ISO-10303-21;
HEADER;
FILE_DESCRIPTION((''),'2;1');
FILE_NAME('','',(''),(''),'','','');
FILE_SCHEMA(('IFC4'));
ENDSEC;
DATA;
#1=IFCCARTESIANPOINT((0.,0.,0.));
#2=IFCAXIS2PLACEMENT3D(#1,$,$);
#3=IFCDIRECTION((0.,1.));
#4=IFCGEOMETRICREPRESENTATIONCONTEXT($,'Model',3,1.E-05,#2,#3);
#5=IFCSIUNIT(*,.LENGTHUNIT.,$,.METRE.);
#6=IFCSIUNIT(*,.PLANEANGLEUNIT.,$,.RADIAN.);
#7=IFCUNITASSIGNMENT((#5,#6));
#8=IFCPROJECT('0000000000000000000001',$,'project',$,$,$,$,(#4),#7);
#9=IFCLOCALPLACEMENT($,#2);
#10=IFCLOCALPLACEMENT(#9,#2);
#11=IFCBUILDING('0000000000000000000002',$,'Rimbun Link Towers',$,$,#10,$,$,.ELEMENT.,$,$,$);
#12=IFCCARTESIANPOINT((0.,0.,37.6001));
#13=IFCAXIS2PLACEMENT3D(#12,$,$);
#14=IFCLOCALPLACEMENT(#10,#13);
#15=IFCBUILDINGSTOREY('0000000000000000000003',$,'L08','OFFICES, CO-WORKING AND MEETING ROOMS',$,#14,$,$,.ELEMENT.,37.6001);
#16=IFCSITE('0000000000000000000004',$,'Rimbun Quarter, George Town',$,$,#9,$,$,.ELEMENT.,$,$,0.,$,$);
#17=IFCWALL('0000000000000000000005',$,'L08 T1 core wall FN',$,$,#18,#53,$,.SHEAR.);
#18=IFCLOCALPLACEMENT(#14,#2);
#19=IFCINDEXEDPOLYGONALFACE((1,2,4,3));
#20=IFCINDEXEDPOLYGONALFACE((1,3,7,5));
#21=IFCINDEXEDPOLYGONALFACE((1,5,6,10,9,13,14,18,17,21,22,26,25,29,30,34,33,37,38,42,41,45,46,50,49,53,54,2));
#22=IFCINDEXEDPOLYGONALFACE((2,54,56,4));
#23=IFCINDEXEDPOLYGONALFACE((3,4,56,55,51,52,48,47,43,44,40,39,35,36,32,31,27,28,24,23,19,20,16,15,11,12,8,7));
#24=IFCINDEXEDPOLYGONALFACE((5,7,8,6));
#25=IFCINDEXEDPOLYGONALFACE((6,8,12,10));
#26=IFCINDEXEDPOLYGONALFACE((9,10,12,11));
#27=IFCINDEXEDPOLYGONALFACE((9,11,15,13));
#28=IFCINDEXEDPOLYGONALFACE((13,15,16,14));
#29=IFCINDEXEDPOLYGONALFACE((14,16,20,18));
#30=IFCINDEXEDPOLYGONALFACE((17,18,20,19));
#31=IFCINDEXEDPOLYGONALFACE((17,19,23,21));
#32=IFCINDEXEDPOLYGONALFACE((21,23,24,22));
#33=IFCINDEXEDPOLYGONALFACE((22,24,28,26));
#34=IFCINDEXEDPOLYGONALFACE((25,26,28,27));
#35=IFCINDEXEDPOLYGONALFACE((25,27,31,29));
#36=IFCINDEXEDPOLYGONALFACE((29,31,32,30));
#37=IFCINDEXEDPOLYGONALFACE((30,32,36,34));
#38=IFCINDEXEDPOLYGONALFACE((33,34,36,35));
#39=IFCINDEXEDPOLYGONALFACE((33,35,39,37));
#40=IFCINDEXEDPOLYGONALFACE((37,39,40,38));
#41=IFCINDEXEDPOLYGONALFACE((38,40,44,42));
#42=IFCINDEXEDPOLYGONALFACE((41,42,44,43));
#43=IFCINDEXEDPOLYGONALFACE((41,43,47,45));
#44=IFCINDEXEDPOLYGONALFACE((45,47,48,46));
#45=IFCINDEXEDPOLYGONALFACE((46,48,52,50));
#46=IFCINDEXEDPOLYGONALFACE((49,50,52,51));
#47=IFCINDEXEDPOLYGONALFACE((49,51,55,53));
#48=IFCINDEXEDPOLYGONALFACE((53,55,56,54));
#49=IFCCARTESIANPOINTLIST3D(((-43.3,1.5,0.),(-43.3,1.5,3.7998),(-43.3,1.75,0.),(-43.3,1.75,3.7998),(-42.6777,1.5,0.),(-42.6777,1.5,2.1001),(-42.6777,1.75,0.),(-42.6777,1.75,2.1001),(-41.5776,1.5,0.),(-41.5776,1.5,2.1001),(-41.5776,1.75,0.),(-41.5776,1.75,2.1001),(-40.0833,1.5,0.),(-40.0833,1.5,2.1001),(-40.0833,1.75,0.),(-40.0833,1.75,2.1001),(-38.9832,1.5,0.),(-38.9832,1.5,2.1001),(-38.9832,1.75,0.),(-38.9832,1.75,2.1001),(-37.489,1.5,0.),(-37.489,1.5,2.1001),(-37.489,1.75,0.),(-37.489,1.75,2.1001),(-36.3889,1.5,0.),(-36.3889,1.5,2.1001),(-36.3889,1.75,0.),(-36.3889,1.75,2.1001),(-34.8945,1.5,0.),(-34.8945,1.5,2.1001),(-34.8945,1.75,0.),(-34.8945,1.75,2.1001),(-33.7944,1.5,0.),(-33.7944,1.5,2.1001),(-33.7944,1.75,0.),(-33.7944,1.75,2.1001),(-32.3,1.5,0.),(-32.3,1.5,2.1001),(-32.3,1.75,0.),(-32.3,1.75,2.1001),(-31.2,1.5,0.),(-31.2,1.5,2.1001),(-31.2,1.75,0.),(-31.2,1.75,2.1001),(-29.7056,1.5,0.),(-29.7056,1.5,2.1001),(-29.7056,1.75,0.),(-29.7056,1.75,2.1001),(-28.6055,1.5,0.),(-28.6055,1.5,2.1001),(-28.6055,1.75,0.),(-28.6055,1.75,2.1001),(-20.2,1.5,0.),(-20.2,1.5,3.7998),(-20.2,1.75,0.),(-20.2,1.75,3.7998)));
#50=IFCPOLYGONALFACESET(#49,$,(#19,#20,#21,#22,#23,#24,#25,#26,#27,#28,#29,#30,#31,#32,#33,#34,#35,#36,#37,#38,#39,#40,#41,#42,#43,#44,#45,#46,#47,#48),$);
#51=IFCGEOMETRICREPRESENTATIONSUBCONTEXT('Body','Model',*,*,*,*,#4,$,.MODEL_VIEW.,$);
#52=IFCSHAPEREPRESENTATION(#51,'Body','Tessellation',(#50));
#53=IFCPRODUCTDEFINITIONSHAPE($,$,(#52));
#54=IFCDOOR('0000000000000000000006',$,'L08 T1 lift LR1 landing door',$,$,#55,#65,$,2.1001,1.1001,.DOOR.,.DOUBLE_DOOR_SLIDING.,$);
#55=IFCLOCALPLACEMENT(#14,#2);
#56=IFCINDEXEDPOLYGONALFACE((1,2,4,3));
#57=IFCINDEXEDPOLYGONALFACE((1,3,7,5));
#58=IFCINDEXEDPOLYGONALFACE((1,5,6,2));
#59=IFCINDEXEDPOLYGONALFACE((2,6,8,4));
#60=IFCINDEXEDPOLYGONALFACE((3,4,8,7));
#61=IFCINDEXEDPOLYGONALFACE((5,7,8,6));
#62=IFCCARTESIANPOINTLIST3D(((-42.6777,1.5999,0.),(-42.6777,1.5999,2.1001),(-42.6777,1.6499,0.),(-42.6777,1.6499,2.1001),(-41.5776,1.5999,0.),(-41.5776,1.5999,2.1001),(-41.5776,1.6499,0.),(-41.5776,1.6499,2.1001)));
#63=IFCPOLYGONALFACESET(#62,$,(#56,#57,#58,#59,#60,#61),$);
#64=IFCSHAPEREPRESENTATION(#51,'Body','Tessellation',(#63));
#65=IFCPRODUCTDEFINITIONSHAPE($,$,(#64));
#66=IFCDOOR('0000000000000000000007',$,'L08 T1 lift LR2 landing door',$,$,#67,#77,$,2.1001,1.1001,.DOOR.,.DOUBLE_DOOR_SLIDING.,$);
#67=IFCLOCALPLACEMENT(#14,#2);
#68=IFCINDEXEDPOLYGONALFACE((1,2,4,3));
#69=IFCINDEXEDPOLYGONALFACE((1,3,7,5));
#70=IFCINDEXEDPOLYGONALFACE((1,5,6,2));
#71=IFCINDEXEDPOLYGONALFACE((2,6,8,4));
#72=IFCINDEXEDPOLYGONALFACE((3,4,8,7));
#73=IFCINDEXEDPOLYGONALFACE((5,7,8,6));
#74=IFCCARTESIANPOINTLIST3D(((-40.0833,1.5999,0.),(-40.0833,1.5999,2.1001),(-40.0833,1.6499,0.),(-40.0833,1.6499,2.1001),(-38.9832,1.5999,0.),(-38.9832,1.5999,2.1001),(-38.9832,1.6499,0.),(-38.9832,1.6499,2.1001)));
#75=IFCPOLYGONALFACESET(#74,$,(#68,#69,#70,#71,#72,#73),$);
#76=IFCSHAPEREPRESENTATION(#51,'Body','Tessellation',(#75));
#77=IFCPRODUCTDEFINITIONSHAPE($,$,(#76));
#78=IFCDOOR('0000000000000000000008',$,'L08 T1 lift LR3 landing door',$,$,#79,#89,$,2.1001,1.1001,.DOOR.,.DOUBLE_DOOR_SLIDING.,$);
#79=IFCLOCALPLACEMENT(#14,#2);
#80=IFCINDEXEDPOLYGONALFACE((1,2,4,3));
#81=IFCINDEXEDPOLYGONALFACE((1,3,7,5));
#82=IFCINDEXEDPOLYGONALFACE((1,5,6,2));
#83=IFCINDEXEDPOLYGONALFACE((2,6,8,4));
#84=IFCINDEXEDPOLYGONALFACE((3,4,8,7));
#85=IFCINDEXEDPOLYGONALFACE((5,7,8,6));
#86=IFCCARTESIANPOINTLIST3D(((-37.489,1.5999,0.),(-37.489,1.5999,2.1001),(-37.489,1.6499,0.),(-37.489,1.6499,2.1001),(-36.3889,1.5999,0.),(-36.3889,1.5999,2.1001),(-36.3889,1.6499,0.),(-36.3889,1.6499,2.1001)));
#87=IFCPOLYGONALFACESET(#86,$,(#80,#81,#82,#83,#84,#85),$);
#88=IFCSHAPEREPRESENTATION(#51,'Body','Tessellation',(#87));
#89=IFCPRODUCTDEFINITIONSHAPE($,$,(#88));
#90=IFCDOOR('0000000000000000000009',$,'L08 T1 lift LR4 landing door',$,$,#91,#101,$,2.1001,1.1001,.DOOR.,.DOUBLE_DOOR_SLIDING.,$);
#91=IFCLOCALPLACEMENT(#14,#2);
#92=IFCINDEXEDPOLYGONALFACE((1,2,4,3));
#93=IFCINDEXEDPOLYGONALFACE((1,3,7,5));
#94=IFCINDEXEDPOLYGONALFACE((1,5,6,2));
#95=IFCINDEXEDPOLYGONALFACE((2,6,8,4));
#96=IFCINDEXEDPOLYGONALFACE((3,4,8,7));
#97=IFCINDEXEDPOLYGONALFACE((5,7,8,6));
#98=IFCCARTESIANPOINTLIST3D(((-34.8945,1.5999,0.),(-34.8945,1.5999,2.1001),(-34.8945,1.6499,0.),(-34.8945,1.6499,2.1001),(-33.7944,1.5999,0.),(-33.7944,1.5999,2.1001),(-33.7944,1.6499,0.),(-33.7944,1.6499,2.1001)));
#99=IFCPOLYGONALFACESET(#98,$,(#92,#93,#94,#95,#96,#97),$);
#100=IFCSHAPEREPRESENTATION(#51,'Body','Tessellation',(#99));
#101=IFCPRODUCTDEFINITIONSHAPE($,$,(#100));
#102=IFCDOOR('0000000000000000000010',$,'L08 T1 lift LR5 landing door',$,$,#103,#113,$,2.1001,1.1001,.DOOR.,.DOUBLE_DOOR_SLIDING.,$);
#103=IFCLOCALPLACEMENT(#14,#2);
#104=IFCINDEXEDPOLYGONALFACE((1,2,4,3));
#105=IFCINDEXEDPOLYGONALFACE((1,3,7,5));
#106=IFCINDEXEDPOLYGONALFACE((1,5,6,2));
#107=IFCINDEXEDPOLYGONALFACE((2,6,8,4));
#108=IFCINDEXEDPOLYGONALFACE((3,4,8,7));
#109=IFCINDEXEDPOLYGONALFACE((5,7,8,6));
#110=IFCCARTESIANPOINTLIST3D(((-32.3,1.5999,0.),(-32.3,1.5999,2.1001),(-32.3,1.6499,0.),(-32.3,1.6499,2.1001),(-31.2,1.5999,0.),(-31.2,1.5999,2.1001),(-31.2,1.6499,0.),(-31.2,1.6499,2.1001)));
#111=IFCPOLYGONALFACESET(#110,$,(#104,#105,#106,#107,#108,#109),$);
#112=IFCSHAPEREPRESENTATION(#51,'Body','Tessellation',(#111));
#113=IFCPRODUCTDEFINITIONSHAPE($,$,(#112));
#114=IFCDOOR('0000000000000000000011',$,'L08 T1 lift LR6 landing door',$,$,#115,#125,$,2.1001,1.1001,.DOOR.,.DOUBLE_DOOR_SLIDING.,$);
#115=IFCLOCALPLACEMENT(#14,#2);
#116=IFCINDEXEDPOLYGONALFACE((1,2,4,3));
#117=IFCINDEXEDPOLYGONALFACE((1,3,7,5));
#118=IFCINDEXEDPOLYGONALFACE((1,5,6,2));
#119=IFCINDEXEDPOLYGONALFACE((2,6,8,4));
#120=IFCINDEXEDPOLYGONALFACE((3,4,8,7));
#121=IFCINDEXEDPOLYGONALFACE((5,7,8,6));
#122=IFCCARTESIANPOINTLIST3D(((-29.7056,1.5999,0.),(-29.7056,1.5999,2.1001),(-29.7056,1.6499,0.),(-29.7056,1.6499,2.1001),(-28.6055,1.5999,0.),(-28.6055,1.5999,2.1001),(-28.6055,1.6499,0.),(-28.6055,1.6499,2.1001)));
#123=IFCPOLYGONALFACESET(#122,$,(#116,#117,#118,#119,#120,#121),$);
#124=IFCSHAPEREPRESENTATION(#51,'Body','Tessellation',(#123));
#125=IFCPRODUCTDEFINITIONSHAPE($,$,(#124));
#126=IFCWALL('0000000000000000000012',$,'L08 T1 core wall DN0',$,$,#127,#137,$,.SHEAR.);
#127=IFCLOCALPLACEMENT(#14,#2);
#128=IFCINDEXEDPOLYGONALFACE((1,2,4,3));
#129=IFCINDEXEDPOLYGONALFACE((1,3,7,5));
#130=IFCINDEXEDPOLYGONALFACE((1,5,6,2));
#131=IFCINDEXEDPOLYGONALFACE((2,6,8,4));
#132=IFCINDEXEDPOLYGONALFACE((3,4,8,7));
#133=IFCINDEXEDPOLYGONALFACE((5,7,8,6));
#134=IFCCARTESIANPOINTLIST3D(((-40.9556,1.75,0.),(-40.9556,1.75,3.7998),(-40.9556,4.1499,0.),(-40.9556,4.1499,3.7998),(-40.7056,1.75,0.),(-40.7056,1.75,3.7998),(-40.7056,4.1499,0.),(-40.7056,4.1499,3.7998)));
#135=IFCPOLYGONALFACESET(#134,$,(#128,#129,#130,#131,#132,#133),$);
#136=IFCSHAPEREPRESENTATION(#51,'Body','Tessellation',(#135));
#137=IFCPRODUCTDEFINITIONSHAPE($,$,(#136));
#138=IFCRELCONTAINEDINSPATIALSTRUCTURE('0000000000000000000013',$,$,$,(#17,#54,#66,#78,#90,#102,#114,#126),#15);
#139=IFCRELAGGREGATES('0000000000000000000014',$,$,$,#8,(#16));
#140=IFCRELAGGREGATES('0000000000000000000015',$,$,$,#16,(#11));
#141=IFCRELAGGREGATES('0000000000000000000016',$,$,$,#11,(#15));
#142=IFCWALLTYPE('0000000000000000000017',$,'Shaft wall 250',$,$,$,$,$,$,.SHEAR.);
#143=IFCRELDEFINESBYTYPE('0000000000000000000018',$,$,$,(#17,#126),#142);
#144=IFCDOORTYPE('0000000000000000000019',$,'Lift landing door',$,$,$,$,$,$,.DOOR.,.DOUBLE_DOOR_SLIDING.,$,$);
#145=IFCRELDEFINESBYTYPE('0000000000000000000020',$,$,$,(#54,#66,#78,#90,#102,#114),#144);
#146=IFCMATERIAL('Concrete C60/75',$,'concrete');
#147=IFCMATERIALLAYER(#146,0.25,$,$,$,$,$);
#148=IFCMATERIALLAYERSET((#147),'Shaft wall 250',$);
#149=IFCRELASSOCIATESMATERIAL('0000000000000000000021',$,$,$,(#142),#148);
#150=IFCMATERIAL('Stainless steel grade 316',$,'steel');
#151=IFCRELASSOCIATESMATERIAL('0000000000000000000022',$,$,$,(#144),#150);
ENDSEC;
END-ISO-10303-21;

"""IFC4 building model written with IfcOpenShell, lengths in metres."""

from ifc_helpers import new_model, si_unit, direction, frame, frame_2d, origin, place, context, subcontext, project, spatial, rectangle, extrude, material, layer, layer_set, type_object, element, fill, save


model = new_model("IFC4")

# Units and contexts
model_context = context("Model", 3, precision=1e-05, world=origin(), true_north=direction((0.0, 1.0)))
body_context = subcontext(model_context, "Body", "Model", "MODEL_VIEW")
ifc_project = project(units=[si_unit("LENGTHUNIT", "METRE"), si_unit("PLANEANGLEUNIT", "RADIAN")], contexts=[model_context])

# Site, building, storey
site_placement = place(None, origin())
site = spatial("IfcSite", under=ifc_project, at=site_placement, Name="Rimbun Quarter, George Town", CompositionType="ELEMENT", RefElevation=0.0)
building_placement = place(site_placement, origin())
building = spatial("IfcBuilding", under=site, at=building_placement, Name="Rimbun Link Towers", CompositionType="ELEMENT")
storey_placement = place(building_placement, frame((0.0, 0.0, 37.6001)))
storey = spatial("IfcBuildingStorey", under=building, at=storey_placement, Name="L08", Description="OFFICES, CO-WORKING AND MEETING ROOMS", CompositionType="ELEMENT", Elevation=37.6001)

# Shared definitions
ifc_material_1 = material(Name="Concrete C60/75", Category="concrete")
ifc_layer_1 = layer(ifc_material_1, 0.25)
ifc_layer_set_1 = layer_set([ifc_layer_1], Name="Shaft wall 250")
wall_type_1 = type_object("IfcWallType", Name="Shaft wall 250", PredefinedType="SHEAR", material=ifc_layer_set_1)

# Wall, openings, doors
wall_1_placement = place(storey_placement, frame((-43.3, 1.625, 0.0), z_axis=(0.0, 0.0, 1.0), x_axis=(1.0, 0.0, 0.0)))
wall_1 = element("IfcWall", 1, at=wall_1_placement, inside=storey, type_object=wall_type_1, Name="L08 T1 core wall FN", PredefinedType="SHEAR", context=body_context, shape_type="SweptSolid", body=[
    extrude(rectangle(XDim=23.1001, YDim=0.25, at=frame_2d((11.55, 0.0))), origin(), (0.0, 0.0, 1.0), 3.7998),
])
opening_1_placement = place(wall_1_placement, frame((0.6223, 0.0, 0.0)))
opening_1 = element("IfcOpeningElement", 2, at=opening_1_placement, cuts=wall_1, PredefinedType="OPENING", context=body_context, shape_type="SweptSolid", body=[
    extrude(rectangle(XDim=1.1001, YDim=2.1001, at=frame_2d((0.55, 1.05))), frame((0.0, 0.135, 0.0), z_axis=(0.0, -1.0, 0.0), x_axis=(1.0, 0.0, 0.0)), (0.0, 0.0, 1.0), 0.27),
])
opening_2_placement = place(wall_1_placement, frame((3.2168, 0.0, 0.0)))
opening_2 = element("IfcOpeningElement", 3, at=opening_2_placement, cuts=wall_1, PredefinedType="OPENING", context=body_context, shape_type="SweptSolid", body=[
    extrude(rectangle(XDim=1.1001, YDim=2.1001, at=frame_2d((0.55, 1.05))), frame((0.0, 0.135, 0.0), z_axis=(0.0, -1.0, 0.0), x_axis=(1.0, 0.0, 0.0)), (0.0, 0.0, 1.0), 0.27),
])
opening_3_placement = place(wall_1_placement, frame((5.811, 0.0, 0.0)))
opening_3 = element("IfcOpeningElement", 4, at=opening_3_placement, cuts=wall_1, PredefinedType="OPENING", context=body_context, shape_type="SweptSolid", body=[
    extrude(rectangle(XDim=1.1001, YDim=2.1001, at=frame_2d((0.55, 1.05))), frame((0.0, 0.135, 0.0), z_axis=(0.0, -1.0, 0.0), x_axis=(1.0, 0.0, 0.0)), (0.0, 0.0, 1.0), 0.27),
])
opening_4_placement = place(wall_1_placement, frame((8.4055, 0.0, 0.0)))
opening_4 = element("IfcOpeningElement", 5, at=opening_4_placement, cuts=wall_1, PredefinedType="OPENING", context=body_context, shape_type="SweptSolid", body=[
    extrude(rectangle(XDim=1.1001, YDim=2.1001, at=frame_2d((0.55, 1.05))), frame((0.0, 0.135, 0.0), z_axis=(0.0, -1.0, 0.0), x_axis=(1.0, 0.0, 0.0)), (0.0, 0.0, 1.0), 0.27),
])
opening_5_placement = place(wall_1_placement, frame((11.0, 0.0, 0.0)))
opening_5 = element("IfcOpeningElement", 6, at=opening_5_placement, cuts=wall_1, PredefinedType="OPENING", context=body_context, shape_type="SweptSolid", body=[
    extrude(rectangle(XDim=1.1001, YDim=2.1001, at=frame_2d((0.55, 1.05))), frame((0.0, 0.135, 0.0), z_axis=(0.0, -1.0, 0.0), x_axis=(1.0, 0.0, 0.0)), (0.0, 0.0, 1.0), 0.27),
])
opening_6_placement = place(wall_1_placement, frame((13.5945, 0.0, 0.0)))
opening_6 = element("IfcOpeningElement", 7, at=opening_6_placement, cuts=wall_1, PredefinedType="OPENING", context=body_context, shape_type="SweptSolid", body=[
    extrude(rectangle(XDim=1.1001, YDim=2.1001, at=frame_2d((0.55, 1.05))), frame((0.0, 0.135, 0.0), z_axis=(0.0, -1.0, 0.0), x_axis=(1.0, 0.0, 0.0)), (0.0, 0.0, 1.0), 0.27),
])
ifc_material_2 = material(Name="Stainless steel grade 316", Category="steel")
door_type_1 = type_object("IfcDoorType", Name="Lift landing door", OperationType="DOUBLE_DOOR_SLIDING", PredefinedType="DOOR", material=ifc_material_2)
door_1_placement = place(opening_1_placement, origin())
door_1 = element("IfcDoor", 8, at=door_1_placement, inside=storey, type_object=door_type_1, Name="L08 T1 lift LR1 landing door", OperationType="DOUBLE_DOOR_SLIDING", OverallHeight=2.1001, OverallWidth=1.1001, PredefinedType="DOOR", context=body_context, shape_type="SweptSolid", body=[
    extrude(rectangle(XDim=1.1001, YDim=2.1001, at=frame_2d((0.55, 1.05))), frame((0.0, 0.0249, 0.0), z_axis=(0.0, -1.0, 0.0), x_axis=(1.0, 0.0, 0.0)), (0.0, 0.0, 1.0), 0.05),
])
fill(opening_1, door_1)
door_2_placement = place(opening_2_placement, origin())
door_2 = element("IfcDoor", 9, at=door_2_placement, inside=storey, type_object=door_type_1, Name="L08 T1 lift LR2 landing door", OperationType="DOUBLE_DOOR_SLIDING", OverallHeight=2.1001, OverallWidth=1.1001, PredefinedType="DOOR", context=body_context, shape_type="SweptSolid", body=[
    extrude(rectangle(XDim=1.1001, YDim=2.1001, at=frame_2d((0.55, 1.05))), frame((0.0, 0.0249, 0.0), z_axis=(0.0, -1.0, 0.0), x_axis=(1.0, 0.0, 0.0)), (0.0, 0.0, 1.0), 0.05),
])
fill(opening_2, door_2)
door_3_placement = place(opening_3_placement, origin())
door_3 = element("IfcDoor", 10, at=door_3_placement, inside=storey, type_object=door_type_1, Name="L08 T1 lift LR3 landing door", OperationType="DOUBLE_DOOR_SLIDING", OverallHeight=2.1001, OverallWidth=1.1001, PredefinedType="DOOR", context=body_context, shape_type="SweptSolid", body=[
    extrude(rectangle(XDim=1.1001, YDim=2.1001, at=frame_2d((0.55, 1.05))), frame((0.0, 0.0249, 0.0), z_axis=(0.0, -1.0, 0.0), x_axis=(1.0, 0.0, 0.0)), (0.0, 0.0, 1.0), 0.05),
])
fill(opening_3, door_3)
door_4_placement = place(opening_4_placement, origin())
door_4 = element("IfcDoor", 11, at=door_4_placement, inside=storey, type_object=door_type_1, Name="L08 T1 lift LR4 landing door", OperationType="DOUBLE_DOOR_SLIDING", OverallHeight=2.1001, OverallWidth=1.1001, PredefinedType="DOOR", context=body_context, shape_type="SweptSolid", body=[
    extrude(rectangle(XDim=1.1001, YDim=2.1001, at=frame_2d((0.55, 1.05))), frame((0.0, 0.0249, 0.0), z_axis=(0.0, -1.0, 0.0), x_axis=(1.0, 0.0, 0.0)), (0.0, 0.0, 1.0), 0.05),
])
fill(opening_4, door_4)
door_5_placement = place(opening_5_placement, origin())
door_5 = element("IfcDoor", 12, at=door_5_placement, inside=storey, type_object=door_type_1, Name="L08 T1 lift LR5 landing door", OperationType="DOUBLE_DOOR_SLIDING", OverallHeight=2.1001, OverallWidth=1.1001, PredefinedType="DOOR", context=body_context, shape_type="SweptSolid", body=[
    extrude(rectangle(XDim=1.1001, YDim=2.1001, at=frame_2d((0.55, 1.05))), frame((0.0, 0.0249, 0.0), z_axis=(0.0, -1.0, 0.0), x_axis=(1.0, 0.0, 0.0)), (0.0, 0.0, 1.0), 0.05),
])
fill(opening_5, door_5)
door_6_placement = place(opening_6_placement, origin())
door_6 = element("IfcDoor", 13, at=door_6_placement, inside=storey, type_object=door_type_1, Name="L08 T1 lift LR6 landing door", OperationType="DOUBLE_DOOR_SLIDING", OverallHeight=2.1001, OverallWidth=1.1001, PredefinedType="DOOR", context=body_context, shape_type="SweptSolid", body=[
    extrude(rectangle(XDim=1.1001, YDim=2.1001, at=frame_2d((0.55, 1.05))), frame((0.0, 0.0249, 0.0), z_axis=(0.0, -1.0, 0.0), x_axis=(1.0, 0.0, 0.0)), (0.0, 0.0, 1.0), 0.05),
])
fill(opening_6, door_6)

# Wall
wall_2_placement = place(storey_placement, frame((-40.8306, 1.75, 0.0), z_axis=(0.0, 0.0, 1.0), x_axis=(0.0, 1.0, 0.0)))
element("IfcWall", 14, at=wall_2_placement, inside=storey, type_object=wall_type_1, Name="L08 T1 core wall DN0", PredefinedType="SHEAR", context=body_context, shape_type="SweptSolid", body=[
    extrude(rectangle(XDim=2.3999, YDim=0.25, at=frame_2d((1.2, 0.0))), origin(), (0.0, 0.0, 1.0), 3.7998),
])

save(model, "model.ifc")
